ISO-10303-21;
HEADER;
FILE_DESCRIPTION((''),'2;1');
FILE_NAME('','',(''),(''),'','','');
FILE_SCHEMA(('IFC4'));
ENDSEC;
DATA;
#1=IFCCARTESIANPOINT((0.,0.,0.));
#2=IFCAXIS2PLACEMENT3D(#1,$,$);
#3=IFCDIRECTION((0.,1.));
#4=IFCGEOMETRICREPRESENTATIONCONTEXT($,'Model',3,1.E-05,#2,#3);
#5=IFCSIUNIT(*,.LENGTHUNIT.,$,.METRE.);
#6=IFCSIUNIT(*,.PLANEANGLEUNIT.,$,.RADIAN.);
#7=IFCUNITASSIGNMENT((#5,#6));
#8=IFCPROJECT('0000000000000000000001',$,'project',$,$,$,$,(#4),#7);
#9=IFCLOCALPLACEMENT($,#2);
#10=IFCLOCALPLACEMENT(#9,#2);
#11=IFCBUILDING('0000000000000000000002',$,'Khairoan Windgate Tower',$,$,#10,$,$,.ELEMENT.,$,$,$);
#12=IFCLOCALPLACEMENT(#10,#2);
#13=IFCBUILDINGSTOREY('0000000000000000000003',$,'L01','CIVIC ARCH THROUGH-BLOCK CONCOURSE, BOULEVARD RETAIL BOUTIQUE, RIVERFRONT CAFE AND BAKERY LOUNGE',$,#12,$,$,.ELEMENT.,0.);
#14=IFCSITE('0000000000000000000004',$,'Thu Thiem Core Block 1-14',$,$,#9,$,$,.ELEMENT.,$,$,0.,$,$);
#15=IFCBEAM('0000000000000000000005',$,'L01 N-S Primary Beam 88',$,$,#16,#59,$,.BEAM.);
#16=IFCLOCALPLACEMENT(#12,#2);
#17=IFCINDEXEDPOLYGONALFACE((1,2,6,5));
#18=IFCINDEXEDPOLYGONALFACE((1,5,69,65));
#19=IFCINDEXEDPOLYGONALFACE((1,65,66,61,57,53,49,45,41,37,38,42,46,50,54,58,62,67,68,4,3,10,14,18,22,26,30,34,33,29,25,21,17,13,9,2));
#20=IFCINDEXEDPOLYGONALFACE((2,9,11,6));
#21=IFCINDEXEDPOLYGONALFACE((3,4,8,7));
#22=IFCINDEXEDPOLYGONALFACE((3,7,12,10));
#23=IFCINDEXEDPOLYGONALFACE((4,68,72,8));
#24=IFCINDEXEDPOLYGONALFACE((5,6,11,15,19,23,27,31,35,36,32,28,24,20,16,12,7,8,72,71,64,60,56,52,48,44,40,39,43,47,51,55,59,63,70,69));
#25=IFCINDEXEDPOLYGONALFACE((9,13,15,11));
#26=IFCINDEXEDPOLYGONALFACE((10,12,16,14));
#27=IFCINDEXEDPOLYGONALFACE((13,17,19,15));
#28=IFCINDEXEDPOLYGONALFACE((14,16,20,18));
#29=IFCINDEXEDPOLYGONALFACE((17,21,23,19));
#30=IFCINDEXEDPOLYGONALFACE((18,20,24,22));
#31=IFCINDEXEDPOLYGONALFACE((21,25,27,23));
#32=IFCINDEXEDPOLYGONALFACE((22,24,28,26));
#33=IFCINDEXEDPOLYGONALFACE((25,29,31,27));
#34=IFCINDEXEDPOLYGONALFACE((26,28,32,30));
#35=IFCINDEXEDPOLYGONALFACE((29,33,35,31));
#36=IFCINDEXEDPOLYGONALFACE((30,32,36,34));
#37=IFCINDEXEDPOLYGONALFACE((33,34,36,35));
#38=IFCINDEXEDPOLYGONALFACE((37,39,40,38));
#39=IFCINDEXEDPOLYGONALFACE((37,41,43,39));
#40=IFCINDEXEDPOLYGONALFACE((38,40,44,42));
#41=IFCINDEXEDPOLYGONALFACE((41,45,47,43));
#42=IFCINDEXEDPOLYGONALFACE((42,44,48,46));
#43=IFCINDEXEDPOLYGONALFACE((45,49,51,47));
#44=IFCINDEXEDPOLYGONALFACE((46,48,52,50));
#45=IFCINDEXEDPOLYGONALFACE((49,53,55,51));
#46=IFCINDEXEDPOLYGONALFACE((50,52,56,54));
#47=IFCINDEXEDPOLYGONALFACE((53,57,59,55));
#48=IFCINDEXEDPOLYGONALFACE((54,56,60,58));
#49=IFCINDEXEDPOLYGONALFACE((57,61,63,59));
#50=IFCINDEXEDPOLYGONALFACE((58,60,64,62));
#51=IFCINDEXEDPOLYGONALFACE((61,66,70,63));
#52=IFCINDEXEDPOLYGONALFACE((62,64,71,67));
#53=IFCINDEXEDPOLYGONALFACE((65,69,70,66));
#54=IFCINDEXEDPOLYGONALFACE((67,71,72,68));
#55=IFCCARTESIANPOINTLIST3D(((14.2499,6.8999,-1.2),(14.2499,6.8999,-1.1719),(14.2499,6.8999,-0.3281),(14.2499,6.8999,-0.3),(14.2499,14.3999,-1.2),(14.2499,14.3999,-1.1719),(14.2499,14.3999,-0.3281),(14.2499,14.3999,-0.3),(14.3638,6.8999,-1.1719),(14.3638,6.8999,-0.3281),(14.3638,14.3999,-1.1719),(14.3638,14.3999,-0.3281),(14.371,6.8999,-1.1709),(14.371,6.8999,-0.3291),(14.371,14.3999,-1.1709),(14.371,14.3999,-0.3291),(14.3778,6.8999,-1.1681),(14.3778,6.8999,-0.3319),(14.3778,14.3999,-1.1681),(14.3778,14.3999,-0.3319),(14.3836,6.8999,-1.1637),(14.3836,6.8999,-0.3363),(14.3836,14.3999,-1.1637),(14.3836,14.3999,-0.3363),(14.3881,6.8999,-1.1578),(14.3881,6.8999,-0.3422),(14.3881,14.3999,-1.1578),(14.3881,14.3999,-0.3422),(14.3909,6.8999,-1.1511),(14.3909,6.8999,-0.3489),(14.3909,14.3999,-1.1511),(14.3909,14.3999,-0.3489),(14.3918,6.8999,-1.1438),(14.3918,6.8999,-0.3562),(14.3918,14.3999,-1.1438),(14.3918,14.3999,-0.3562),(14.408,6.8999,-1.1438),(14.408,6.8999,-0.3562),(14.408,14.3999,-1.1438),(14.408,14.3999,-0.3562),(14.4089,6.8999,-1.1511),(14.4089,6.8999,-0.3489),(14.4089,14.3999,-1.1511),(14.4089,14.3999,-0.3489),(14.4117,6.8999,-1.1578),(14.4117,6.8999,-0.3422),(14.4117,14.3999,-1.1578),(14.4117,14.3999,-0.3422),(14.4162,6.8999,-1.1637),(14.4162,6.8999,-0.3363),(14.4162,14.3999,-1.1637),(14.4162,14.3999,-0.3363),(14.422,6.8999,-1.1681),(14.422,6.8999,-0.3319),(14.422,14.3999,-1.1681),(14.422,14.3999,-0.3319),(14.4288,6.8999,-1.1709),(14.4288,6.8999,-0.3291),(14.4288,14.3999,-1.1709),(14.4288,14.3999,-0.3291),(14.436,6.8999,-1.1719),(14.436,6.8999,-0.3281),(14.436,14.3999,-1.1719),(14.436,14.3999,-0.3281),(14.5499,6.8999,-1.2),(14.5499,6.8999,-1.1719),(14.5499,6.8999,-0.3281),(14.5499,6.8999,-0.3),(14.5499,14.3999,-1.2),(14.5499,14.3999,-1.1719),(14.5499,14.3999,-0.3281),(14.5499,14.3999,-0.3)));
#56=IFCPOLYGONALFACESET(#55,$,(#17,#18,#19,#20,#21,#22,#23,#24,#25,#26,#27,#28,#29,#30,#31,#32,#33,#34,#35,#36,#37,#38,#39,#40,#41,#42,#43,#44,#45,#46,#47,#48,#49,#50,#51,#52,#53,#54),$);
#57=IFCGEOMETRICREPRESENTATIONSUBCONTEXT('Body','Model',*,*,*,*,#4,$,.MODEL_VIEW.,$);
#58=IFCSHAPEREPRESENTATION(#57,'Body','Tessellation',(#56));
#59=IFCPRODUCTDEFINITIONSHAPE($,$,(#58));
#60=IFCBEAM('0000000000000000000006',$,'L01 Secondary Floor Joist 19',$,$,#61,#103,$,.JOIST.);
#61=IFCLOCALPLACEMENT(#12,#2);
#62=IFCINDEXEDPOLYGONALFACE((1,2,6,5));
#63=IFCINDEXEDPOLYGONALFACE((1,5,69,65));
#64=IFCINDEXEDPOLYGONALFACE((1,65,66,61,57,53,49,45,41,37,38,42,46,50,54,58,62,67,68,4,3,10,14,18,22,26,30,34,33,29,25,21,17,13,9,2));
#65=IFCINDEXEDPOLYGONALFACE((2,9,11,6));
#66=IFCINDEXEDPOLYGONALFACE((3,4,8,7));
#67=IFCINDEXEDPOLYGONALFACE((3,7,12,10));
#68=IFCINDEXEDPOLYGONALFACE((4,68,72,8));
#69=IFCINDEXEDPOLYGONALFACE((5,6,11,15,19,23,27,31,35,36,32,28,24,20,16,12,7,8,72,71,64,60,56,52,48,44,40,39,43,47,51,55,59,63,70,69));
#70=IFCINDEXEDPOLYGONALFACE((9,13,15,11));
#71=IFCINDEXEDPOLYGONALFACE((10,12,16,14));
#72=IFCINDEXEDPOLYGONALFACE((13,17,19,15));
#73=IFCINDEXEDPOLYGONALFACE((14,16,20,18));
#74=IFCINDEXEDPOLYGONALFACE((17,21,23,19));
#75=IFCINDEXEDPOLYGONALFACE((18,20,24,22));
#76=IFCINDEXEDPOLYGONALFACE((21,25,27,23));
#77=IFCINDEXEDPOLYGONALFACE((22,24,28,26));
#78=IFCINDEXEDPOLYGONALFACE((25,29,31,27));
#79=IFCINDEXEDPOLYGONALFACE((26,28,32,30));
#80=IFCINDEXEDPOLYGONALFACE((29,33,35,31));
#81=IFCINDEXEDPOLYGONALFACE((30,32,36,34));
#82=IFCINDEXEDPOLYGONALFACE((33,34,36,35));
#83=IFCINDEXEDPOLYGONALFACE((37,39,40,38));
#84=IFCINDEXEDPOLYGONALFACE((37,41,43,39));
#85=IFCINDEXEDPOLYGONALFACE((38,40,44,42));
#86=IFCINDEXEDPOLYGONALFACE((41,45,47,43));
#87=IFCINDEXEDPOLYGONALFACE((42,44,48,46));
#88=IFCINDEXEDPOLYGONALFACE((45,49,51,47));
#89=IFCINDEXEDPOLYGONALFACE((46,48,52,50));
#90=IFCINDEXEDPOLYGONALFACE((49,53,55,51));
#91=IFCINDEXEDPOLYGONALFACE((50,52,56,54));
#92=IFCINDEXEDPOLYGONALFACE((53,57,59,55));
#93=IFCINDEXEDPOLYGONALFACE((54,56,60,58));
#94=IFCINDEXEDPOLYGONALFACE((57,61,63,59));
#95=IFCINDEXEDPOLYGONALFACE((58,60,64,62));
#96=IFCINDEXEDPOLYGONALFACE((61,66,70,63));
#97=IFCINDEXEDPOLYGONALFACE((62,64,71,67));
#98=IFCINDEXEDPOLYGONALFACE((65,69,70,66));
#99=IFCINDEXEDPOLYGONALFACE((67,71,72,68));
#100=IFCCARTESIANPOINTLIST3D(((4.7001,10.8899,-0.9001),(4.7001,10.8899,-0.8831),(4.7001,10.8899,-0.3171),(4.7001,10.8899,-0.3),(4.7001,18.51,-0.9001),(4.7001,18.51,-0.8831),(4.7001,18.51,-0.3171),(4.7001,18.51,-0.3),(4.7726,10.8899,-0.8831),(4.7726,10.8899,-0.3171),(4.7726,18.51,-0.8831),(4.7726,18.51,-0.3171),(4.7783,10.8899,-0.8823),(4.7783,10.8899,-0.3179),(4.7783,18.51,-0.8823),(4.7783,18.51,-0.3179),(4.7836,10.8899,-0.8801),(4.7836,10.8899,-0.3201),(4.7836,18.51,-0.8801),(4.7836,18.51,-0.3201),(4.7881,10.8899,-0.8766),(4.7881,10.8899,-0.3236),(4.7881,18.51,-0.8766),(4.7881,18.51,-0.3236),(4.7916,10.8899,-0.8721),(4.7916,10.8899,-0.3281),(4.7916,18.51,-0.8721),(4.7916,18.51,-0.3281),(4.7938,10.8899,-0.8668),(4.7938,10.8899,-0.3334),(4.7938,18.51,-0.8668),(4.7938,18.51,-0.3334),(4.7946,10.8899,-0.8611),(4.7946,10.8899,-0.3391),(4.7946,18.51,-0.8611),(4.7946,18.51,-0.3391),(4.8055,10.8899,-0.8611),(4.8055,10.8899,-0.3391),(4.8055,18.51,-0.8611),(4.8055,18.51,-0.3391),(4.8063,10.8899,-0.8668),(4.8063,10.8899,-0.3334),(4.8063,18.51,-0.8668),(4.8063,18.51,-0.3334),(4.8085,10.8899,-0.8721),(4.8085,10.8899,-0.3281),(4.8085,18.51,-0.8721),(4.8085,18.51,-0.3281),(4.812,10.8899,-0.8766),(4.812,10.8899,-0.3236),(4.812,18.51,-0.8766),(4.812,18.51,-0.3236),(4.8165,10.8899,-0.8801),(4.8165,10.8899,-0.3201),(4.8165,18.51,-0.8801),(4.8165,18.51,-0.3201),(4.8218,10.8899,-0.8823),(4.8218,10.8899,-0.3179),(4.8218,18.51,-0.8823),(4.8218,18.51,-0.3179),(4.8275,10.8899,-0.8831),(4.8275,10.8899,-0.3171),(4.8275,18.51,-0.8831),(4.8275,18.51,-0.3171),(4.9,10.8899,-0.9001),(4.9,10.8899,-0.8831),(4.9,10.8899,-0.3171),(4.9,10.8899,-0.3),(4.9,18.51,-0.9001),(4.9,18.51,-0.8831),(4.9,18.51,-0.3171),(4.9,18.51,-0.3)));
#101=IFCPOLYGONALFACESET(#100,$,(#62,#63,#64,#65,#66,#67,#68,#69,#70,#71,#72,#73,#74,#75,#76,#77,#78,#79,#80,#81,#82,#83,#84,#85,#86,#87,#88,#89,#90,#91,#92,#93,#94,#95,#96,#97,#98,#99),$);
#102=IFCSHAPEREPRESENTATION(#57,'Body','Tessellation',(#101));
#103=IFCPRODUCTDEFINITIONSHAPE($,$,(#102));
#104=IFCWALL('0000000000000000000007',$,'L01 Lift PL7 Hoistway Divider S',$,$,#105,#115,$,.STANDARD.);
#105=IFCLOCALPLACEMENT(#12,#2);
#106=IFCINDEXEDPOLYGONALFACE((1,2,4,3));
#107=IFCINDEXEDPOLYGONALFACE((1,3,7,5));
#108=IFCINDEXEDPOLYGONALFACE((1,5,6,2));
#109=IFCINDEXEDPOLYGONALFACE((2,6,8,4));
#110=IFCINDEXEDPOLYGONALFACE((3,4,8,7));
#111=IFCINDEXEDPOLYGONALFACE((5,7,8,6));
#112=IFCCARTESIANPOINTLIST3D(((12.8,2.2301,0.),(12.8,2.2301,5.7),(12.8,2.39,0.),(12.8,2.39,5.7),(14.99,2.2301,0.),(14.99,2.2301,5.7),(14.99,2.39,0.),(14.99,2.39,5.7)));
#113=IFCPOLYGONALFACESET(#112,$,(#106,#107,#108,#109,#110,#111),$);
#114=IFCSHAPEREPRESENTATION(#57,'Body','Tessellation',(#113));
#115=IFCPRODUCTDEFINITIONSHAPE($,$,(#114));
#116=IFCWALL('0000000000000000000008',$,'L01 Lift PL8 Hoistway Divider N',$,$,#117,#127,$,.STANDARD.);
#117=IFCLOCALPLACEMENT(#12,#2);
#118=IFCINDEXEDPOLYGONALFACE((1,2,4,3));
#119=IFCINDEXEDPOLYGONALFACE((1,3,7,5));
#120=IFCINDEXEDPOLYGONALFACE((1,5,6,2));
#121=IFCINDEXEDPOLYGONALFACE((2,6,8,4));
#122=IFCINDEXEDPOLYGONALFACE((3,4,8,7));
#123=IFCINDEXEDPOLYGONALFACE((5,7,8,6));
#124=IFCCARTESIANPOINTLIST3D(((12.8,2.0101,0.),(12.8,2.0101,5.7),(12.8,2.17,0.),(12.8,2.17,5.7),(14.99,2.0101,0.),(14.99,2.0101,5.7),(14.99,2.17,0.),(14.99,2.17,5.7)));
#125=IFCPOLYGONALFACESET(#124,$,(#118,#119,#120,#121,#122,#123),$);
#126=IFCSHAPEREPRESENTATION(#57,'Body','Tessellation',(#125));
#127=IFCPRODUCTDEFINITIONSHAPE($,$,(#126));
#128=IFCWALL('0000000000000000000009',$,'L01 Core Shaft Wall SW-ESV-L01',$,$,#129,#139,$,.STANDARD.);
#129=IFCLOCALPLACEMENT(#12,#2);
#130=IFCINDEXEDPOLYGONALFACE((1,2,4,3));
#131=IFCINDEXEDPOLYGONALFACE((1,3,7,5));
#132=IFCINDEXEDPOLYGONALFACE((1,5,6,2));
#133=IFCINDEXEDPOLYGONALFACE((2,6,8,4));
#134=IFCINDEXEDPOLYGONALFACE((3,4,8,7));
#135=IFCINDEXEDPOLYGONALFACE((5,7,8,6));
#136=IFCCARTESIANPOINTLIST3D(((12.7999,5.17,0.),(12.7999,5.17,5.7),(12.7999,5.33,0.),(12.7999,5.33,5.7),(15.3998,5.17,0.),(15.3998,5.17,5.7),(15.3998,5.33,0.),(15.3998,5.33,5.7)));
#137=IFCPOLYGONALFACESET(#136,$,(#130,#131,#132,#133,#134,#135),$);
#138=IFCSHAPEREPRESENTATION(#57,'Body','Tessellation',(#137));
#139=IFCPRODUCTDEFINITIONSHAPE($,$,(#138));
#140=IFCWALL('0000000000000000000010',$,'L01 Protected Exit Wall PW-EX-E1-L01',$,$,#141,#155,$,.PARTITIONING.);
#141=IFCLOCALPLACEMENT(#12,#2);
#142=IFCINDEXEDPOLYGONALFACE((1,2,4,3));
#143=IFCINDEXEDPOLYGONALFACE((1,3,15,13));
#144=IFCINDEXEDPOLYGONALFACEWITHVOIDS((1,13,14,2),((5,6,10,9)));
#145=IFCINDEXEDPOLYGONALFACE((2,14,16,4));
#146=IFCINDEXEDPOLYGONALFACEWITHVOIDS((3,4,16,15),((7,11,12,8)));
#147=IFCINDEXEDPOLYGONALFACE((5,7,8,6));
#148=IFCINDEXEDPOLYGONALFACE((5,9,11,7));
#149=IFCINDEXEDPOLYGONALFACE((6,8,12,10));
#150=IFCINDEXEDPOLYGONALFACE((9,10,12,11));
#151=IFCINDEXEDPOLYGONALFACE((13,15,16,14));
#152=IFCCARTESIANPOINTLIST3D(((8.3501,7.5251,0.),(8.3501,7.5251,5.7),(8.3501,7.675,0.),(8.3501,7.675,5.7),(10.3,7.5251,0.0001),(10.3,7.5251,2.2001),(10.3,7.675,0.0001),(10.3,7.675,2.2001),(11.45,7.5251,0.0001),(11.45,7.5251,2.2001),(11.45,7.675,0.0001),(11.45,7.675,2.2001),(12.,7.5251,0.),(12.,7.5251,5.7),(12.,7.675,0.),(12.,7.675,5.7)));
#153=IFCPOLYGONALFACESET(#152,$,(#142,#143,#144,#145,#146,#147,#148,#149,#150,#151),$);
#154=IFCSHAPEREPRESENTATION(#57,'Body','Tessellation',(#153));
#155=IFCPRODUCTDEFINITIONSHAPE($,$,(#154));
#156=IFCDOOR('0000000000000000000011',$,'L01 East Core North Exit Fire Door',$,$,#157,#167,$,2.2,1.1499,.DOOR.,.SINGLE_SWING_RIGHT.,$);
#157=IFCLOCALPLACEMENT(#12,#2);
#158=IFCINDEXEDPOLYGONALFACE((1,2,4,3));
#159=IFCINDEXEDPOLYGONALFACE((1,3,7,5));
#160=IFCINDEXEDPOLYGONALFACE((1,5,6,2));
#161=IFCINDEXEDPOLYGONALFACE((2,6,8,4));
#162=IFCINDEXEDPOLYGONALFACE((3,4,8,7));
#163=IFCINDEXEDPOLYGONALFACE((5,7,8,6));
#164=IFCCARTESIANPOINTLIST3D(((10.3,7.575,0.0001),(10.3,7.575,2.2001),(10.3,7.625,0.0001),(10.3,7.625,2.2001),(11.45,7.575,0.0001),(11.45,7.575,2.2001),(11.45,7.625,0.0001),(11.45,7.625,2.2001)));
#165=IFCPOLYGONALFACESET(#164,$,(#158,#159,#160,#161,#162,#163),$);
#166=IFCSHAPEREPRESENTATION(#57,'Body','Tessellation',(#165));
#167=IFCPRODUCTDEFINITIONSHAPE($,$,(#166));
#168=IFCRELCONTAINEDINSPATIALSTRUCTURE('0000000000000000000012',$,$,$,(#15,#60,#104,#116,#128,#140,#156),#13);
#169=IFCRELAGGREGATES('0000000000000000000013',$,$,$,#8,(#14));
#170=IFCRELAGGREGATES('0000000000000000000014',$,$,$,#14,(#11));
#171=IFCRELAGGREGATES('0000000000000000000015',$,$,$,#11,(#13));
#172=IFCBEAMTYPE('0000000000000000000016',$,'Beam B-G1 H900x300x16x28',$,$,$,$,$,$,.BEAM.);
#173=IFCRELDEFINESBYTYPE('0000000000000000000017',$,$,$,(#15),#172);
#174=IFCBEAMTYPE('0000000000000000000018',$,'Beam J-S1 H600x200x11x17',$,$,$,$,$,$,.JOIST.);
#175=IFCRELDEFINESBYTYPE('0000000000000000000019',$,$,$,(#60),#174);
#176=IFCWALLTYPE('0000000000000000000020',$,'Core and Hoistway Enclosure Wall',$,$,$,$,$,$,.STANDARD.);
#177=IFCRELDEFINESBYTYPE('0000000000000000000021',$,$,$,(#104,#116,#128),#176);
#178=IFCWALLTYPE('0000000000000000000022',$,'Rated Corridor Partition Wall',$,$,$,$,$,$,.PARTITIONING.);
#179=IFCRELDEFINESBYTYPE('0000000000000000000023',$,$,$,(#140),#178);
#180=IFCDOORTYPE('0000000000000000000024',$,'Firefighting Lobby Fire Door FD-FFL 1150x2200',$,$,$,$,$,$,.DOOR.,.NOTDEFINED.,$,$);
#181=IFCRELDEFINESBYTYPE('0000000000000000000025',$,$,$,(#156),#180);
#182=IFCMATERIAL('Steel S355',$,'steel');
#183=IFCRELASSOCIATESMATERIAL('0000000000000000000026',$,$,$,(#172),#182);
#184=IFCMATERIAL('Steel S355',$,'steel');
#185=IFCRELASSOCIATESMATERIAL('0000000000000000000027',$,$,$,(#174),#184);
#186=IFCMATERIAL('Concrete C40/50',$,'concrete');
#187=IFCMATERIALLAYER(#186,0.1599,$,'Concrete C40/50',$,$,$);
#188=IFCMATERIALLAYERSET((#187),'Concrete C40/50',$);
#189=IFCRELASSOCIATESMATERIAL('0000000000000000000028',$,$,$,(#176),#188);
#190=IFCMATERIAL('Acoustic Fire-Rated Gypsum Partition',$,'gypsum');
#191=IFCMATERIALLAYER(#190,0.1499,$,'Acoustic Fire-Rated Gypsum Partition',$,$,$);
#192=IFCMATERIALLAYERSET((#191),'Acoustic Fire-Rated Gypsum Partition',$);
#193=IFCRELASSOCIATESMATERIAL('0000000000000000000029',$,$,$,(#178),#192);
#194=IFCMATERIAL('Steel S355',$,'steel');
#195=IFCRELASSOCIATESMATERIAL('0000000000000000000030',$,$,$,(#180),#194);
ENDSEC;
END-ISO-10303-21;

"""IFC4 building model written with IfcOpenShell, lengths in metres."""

from ifc_helpers import new_model, si_unit, direction, frame, frame_2d, origin, origin_2d, place, context, subcontext, project, spatial, rectangle, i_section, extrude, material, layer, layer_set, material_profile, profile_set, type_object, element, fill, save


model = new_model("IFC4")

# Units and contexts
model_context = context("Model", 3, precision=1e-05, world=origin(), true_north=direction((0.0, 1.0)))
body_context = subcontext(model_context, "Body", "Model", "MODEL_VIEW")
ifc_project = project(units=[si_unit("LENGTHUNIT", "METRE"), si_unit("PLANEANGLEUNIT", "RADIAN")], contexts=[model_context])

# Site, building, storey
site_placement = place(None, origin())
site = spatial("IfcSite", under=ifc_project, at=site_placement, Name="Thu Thiem Core Block 1-14", CompositionType="ELEMENT", RefElevation=0.0)
building_placement = place(site_placement, origin())
building = spatial("IfcBuilding", under=site, at=building_placement, Name="Khairoan Windgate Tower", CompositionType="ELEMENT")
storey_placement = place(building_placement, origin())
storey = spatial("IfcBuildingStorey", under=building, at=storey_placement, Name="L01", Description="CIVIC ARCH THROUGH-BLOCK CONCOURSE, BOULEVARD RETAIL BOUTIQUE, RIVERFRONT CAFE AND BAKERY LOUNGE", CompositionType="ELEMENT", Elevation=0.0)

# Beams
ifc_material_1 = material(Name="Steel S355", Category="steel")
ifc_material_profile_1 = material_profile(ifc_material_1, i_section(OverallWidth=0.3, OverallDepth=0.8999, WebThickness=0.0161, FlangeThickness=0.0281, FilletRadius=0.0281, at=origin_2d()))
ifc_profile_set_1 = profile_set([ifc_material_profile_1], Name="Steel S355")
beam_type_1 = type_object("IfcBeamType", Name="Beam B-G1 H900x300x16x28", PredefinedType="BEAM", material=ifc_profile_set_1)
beam_1_placement = place(storey_placement, frame((14.3999, 6.8999, -0.75), z_axis=(0.0, 1.0, 0.0), x_axis=(-1.0, 0.0, 0.0)))
element("IfcBeam", 1, at=beam_1_placement, inside=storey, type_object=beam_type_1, Name="L01 N-S Primary Beam 88", PredefinedType="BEAM", context=body_context, shape_type="SweptSolid", body=[
    extrude(i_section(OverallWidth=0.3, OverallDepth=0.8999, WebThickness=0.0161, FlangeThickness=0.0281, FilletRadius=0.0281, at=origin_2d()), origin(), (0.0, 0.0, 1.0), 7.5),
])
ifc_material_2 = material(Name="Steel S355", Category="steel")
ifc_material_profile_2 = material_profile(ifc_material_2, i_section(OverallWidth=0.2, OverallDepth=0.6001, WebThickness=0.011, FlangeThickness=0.0171, FilletRadius=0.022, at=origin_2d()))
ifc_profile_set_2 = profile_set([ifc_material_profile_2], Name="Steel S355")
beam_type_2 = type_object("IfcBeamType", Name="Beam J-S1 H600x200x11x17", PredefinedType="JOIST", material=ifc_profile_set_2)
beam_2_placement = place(storey_placement, frame((4.8, 10.8899, -0.6001), z_axis=(0.0, 1.0, 0.0), x_axis=(-1.0, 0.0, 0.0)))
element("IfcBeam", 2, at=beam_2_placement, inside=storey, type_object=beam_type_2, Name="L01 Secondary Floor Joist 19", PredefinedType="JOIST", context=body_context, shape_type="SweptSolid", body=[
    extrude(i_section(OverallWidth=0.2, OverallDepth=0.6001, WebThickness=0.011, FlangeThickness=0.0171, FilletRadius=0.022, at=origin_2d()), origin(), (0.0, 0.0, 1.0), 7.6201),
])

# Walls
ifc_material_3 = material(Name="Concrete C40/50", Category="concrete")
ifc_layer_1 = layer(ifc_material_3, 0.1599, Name="Concrete C40/50")
ifc_layer_set_1 = layer_set([ifc_layer_1], Name="Concrete C40/50")
wall_type_1 = type_object("IfcWallType", Name="Core and Hoistway Enclosure Wall", PredefinedType="STANDARD", material=ifc_layer_set_1)
for number, where, z_axis, x_axis, name in (
    (3, (12.8, 2.3101, 0.0), (0.0, 0.0, 1.0), (1.0, 0.0, 0.0), "L01 Lift PL7 Hoistway Divider S"),
    (4, (12.8, 2.0901, 0.0), (0.0, 0.0, 1.0), (1.0, 0.0, 0.0), "L01 Lift PL8 Hoistway Divider N"),
):
    element("IfcWall", number, at=place(storey_placement, frame(where, z_axis=z_axis, x_axis=x_axis)), inside=storey, type_object=wall_type_1, Name=name, PredefinedType="STANDARD", context=body_context, shape_type="SweptSolid", body=[
        extrude(rectangle(XDim=2.1899, YDim=0.1599, at=frame_2d((1.095, 0.0))), origin(), (0.0, 0.0, 1.0), 5.7),
    ])
wall_1_placement = place(storey_placement, frame((12.8, 5.25, 0.0), z_axis=(0.0, 0.0, 1.0), x_axis=(1.0, 0.0, 0.0)))
element("IfcWall", 5, at=wall_1_placement, inside=storey, type_object=wall_type_1, Name="L01 Core Shaft Wall SW-ESV-L01", PredefinedType="STANDARD", context=body_context, shape_type="SweptSolid", body=[
    extrude(rectangle(XDim=2.5999, YDim=0.1599, at=frame_2d((1.2998, 0.0))), origin(), (0.0, 0.0, 1.0), 5.7),
])

# Wall, opening, door
ifc_material_4 = material(Name="Acoustic Fire-Rated Gypsum Partition", Category="gypsum")
ifc_layer_2 = layer(ifc_material_4, 0.1499, Name="Acoustic Fire-Rated Gypsum Partition")
ifc_layer_set_2 = layer_set([ifc_layer_2], Name="Acoustic Fire-Rated Gypsum Partition")
wall_type_2 = type_object("IfcWallType", Name="Rated Corridor Partition Wall", PredefinedType="PARTITIONING", material=ifc_layer_set_2)
wall_2_placement = place(storey_placement, frame((8.3501, 7.6001, 0.0), z_axis=(0.0, 0.0, 1.0), x_axis=(1.0, 0.0, 0.0)))
wall_2 = element("IfcWall", 6, at=wall_2_placement, inside=storey, type_object=wall_type_2, Name="L01 Protected Exit Wall PW-EX-E1-L01", PredefinedType="PARTITIONING", context=body_context, shape_type="SweptSolid", body=[
    extrude(rectangle(XDim=3.6499, YDim=0.1499, at=frame_2d((1.825, 0.0))), origin(), (0.0, 0.0, 1.0), 5.7),
])
opening_1_placement = place(wall_2_placement, frame((1.95, 0.0, 0.0)))
opening_1 = element("IfcOpeningElement", 7, at=opening_1_placement, cuts=wall_2, PredefinedType="OPENING", context=body_context, shape_type="SweptSolid", body=[
    extrude(rectangle(XDim=1.1499, YDim=2.2, at=frame_2d((0.575, 1.1001))), frame((0.0, 0.085, 0.0), z_axis=(0.0, -1.0, 0.0), x_axis=(1.0, 0.0, 0.0)), (0.0, 0.0, 1.0), 0.1699),
])
ifc_material_5 = material(Name="Steel S355", Category="steel")
door_type_1 = type_object("IfcDoorType", Name="Firefighting Lobby Fire Door FD-FFL 1150x2200", OperationType="NOTDEFINED", PredefinedType="DOOR", material=ifc_material_5)
door_1_placement = place(opening_1_placement, origin())
door_1 = element("IfcDoor", 8, at=door_1_placement, inside=storey, type_object=door_type_1, Name="L01 East Core North Exit Fire Door", OperationType="SINGLE_SWING_RIGHT", OverallHeight=2.2, OverallWidth=1.1499, PredefinedType="DOOR", context=body_context, shape_type="SweptSolid", body=[
    extrude(rectangle(XDim=1.1499, YDim=2.2, at=frame_2d((0.575, 1.1001))), frame((0.0, 0.0249, 0.0), z_axis=(0.0, -1.0, 0.0), x_axis=(1.0, 0.0, 0.0)), (0.0, 0.0, 1.0), 0.05),
])
fill(opening_1, door_1)

save(model, "model.ifc")
